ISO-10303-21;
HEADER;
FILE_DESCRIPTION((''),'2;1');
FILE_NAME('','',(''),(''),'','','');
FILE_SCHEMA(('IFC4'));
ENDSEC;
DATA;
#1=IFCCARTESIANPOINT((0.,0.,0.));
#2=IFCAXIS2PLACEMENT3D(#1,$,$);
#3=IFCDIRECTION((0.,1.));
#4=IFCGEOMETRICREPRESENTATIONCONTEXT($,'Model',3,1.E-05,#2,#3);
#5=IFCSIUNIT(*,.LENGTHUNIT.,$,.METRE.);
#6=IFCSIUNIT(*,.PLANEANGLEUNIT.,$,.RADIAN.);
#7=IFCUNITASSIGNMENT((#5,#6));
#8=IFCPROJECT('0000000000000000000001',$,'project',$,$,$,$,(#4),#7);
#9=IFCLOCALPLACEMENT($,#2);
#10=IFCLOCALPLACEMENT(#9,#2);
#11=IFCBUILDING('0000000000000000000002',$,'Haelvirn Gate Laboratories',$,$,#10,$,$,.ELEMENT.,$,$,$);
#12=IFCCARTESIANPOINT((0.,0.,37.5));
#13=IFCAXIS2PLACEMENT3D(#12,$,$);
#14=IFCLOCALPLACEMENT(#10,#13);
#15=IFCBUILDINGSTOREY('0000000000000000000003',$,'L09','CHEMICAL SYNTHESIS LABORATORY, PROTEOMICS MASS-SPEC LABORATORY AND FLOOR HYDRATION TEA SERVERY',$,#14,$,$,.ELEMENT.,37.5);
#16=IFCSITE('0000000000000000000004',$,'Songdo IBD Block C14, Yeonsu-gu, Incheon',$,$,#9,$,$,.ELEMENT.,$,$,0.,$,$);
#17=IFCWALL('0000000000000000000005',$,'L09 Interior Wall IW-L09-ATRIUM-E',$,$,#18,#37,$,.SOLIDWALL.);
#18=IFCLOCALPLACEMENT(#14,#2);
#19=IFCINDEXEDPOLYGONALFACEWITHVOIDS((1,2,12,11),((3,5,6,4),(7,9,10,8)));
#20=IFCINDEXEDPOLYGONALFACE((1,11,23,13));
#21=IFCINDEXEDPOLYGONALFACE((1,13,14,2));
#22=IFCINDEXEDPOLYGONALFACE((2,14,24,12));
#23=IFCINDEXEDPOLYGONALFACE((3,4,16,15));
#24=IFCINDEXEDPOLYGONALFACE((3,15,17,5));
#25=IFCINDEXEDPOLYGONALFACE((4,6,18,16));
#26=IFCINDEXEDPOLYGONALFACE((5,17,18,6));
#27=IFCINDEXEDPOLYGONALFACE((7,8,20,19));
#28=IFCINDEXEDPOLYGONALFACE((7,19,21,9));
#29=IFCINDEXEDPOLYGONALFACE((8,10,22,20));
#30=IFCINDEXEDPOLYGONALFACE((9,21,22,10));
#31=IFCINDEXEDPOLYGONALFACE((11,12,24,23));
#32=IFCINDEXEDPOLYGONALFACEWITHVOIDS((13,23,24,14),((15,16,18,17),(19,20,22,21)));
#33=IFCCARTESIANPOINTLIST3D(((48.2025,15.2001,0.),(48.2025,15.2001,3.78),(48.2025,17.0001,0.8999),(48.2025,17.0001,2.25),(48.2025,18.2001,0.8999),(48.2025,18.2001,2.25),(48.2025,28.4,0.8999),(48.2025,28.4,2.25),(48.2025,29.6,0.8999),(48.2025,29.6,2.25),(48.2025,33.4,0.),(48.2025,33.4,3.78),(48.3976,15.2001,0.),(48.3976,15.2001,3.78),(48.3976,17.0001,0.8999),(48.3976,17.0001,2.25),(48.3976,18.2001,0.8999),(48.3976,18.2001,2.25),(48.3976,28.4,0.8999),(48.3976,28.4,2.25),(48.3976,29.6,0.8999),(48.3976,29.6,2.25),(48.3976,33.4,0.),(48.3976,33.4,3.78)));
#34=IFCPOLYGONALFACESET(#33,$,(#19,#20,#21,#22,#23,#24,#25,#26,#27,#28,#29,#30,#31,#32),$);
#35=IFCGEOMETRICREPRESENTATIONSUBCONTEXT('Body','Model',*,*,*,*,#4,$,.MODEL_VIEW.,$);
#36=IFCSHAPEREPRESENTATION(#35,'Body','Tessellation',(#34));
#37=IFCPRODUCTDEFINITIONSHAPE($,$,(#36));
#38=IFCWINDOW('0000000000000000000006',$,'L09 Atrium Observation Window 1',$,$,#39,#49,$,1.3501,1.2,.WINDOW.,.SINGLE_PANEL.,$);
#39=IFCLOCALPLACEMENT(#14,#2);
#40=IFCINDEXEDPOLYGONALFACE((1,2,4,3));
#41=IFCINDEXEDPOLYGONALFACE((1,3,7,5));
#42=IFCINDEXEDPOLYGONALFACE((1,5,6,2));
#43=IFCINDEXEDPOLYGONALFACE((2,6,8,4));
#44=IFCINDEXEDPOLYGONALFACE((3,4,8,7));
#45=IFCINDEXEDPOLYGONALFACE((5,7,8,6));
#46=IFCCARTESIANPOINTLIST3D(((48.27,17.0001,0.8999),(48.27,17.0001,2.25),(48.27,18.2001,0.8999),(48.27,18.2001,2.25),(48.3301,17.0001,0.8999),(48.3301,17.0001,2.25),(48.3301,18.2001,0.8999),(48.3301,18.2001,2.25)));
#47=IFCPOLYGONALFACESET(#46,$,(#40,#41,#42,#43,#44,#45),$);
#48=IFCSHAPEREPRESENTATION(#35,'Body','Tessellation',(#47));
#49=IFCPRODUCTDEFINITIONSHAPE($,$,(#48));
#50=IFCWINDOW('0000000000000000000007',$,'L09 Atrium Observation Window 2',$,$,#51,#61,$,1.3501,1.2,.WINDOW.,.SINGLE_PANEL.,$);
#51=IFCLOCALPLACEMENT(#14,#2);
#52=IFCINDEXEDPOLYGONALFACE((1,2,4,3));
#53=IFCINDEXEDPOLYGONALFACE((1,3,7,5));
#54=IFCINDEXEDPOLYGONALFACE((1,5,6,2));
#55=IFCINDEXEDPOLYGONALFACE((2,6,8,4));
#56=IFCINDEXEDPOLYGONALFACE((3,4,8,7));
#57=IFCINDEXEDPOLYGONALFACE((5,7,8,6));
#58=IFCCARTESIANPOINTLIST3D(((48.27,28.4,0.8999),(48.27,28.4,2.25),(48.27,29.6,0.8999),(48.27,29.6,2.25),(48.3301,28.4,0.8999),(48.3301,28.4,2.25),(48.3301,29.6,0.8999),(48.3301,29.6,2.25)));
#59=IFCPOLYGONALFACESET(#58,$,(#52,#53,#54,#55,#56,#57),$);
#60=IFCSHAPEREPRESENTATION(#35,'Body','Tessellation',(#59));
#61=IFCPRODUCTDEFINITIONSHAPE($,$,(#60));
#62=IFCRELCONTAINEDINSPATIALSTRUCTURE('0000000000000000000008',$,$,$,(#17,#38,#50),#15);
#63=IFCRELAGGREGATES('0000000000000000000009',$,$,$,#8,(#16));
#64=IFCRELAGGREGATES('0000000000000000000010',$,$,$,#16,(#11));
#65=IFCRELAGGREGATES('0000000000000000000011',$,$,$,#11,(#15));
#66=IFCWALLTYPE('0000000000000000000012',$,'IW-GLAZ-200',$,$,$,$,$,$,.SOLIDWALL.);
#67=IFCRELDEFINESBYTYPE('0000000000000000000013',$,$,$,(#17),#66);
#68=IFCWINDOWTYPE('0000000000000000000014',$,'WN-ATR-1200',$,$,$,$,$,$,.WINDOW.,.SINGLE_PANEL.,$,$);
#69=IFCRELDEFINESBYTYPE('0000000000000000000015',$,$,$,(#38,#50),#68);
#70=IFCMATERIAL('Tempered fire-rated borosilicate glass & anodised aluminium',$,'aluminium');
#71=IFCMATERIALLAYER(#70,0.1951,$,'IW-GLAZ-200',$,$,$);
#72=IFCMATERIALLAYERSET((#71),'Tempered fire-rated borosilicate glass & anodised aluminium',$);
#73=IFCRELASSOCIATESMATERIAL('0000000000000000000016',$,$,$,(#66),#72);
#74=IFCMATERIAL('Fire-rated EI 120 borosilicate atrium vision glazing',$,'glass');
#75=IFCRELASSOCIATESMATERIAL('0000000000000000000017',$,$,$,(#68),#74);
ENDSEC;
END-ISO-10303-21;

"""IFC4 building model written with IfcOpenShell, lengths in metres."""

from ifc_helpers import new_model, si_unit, direction, frame, frame_2d, origin, place, context, subcontext, project, spatial, rectangle, extrude, source, transform, mapped, material, layer, layer_set, type_object, type_shapes, element, fill, save


model = new_model("IFC4")

# Units and contexts
model_context = context("Model", 3, precision=1e-05, world=origin(), true_north=direction((0.0, 1.0)))
body_context = subcontext(model_context, "Body", "Model", "MODEL_VIEW")
ifc_project = project(units=[si_unit("LENGTHUNIT", "METRE"), si_unit("PLANEANGLEUNIT", "RADIAN")], contexts=[model_context])

# Site, building, storey
site_placement = place(None, origin())
site = spatial("IfcSite", under=ifc_project, at=site_placement, Name="Songdo IBD Block C14, Yeonsu-gu, Incheon", CompositionType="ELEMENT", RefElevation=0.0)
building_placement = place(site_placement, origin())
building = spatial("IfcBuilding", under=site, at=building_placement, Name="Haelvirn Gate Laboratories", CompositionType="ELEMENT")
storey_placement = place(building_placement, frame((0.0, 0.0, 37.5)))
storey = spatial("IfcBuildingStorey", under=building, at=storey_placement, Name="L09", Description="CHEMICAL SYNTHESIS LABORATORY, PROTEOMICS MASS-SPEC LABORATORY AND FLOOR HYDRATION TEA SERVERY", CompositionType="ELEMENT", Elevation=37.5)

# Wall, openings, windows
ifc_material_1 = material(Name="Tempered fire-rated borosilicate glass & anodised aluminium", Category="aluminium")
ifc_layer_1 = layer(ifc_material_1, 0.1951, Name="IW-GLAZ-200")
ifc_layer_set_1 = layer_set([ifc_layer_1], Name="Tempered fire-rated borosilicate glass & anodised aluminium")
wall_type = type_object("IfcWallType", Name="IW-GLAZ-200", PredefinedType="SOLIDWALL", material=ifc_layer_set_1)
wall_placement = place(storey_placement, frame((48.3, 15.2, 0.0), z_axis=(0.0, 0.0, 1.0), x_axis=(0.0, 1.0, 0.0)))
wall = element("IfcWall", 1, at=wall_placement, inside=storey, type_object=wall_type, Name="L09 Interior Wall IW-L09-ATRIUM-E", PredefinedType="SOLIDWALL", context=body_context, shape_type="SweptSolid", body=[
    extrude(rectangle(XDim=18.2, YDim=0.1951, at=frame_2d((9.1001, 0.0))), origin(), (0.0, 0.0, 1.0), 3.78),
])
opening_1_placement = place(wall_placement, frame((1.8, 0.0, 0.8999)))
opening_1 = element("IfcOpeningElement", 2, at=opening_1_placement, cuts=wall, PredefinedType="OPENING", context=body_context, shape_type="SweptSolid", body=[
    extrude(rectangle(XDim=1.2, YDim=1.3501, at=frame_2d((0.6001, 0.675))), frame((0.0, 0.1074, 0.0), z_axis=(0.0, -1.0, 0.0), x_axis=(1.0, 0.0, 0.0)), (0.0, 0.0, 1.0), 0.2151),
])
opening_2_placement = place(wall_placement, frame((13.2, 0.0, 0.8999)))
opening_2 = element("IfcOpeningElement", 3, at=opening_2_placement, cuts=wall, PredefinedType="OPENING", context=body_context, shape_type="SweptSolid", body=[
    extrude(rectangle(XDim=1.2, YDim=1.3501, at=frame_2d((0.6001, 0.675))), frame((0.0, 0.1074, 0.0), z_axis=(0.0, -1.0, 0.0), x_axis=(1.0, 0.0, 0.0)), (0.0, 0.0, 1.0), 0.2151),
])
ifc_material_2 = material(Name="Fire-rated EI 120 borosilicate atrium vision glazing", Category="glass")
window_type = type_object("IfcWindowType", Name="WN-ATR-1200", PartitioningType="SINGLE_PANEL", PredefinedType="WINDOW", material=ifc_material_2)
shared_shape_1 = source(origin(), body_context, "Body", "SweptSolid", [
    extrude(rectangle(XDim=1.2, YDim=1.3501, at=frame_2d((0.6001, 0.675))), frame((0.0, 0.03, 0.0), z_axis=(0.0, -1.0, 0.0), x_axis=(1.0, 0.0, 0.0)), (0.0, 0.0, 1.0), 0.0601),
])
type_shapes(window_type, [shared_shape_1])
window_1_placement = place(opening_1_placement, origin())
window_1 = element("IfcWindow", 4, at=window_1_placement, inside=storey, type_object=window_type, Name="L09 Atrium Observation Window 1", OverallHeight=1.3501, OverallWidth=1.2, PartitioningType="SINGLE_PANEL", PredefinedType="WINDOW", context=body_context, shape_type="MappedRepresentation", body=[
    mapped(shared_shape_1, transform((0.0, 0.0, 0.0), scale=1.0)),
])
fill(opening_1, window_1)
window_2_placement = place(opening_2_placement, origin())
window_2 = element("IfcWindow", 5, at=window_2_placement, inside=storey, type_object=window_type, Name="L09 Atrium Observation Window 2", OverallHeight=1.3501, OverallWidth=1.2, PartitioningType="SINGLE_PANEL", PredefinedType="WINDOW", context=body_context, shape_type="MappedRepresentation", body=[
    mapped(shared_shape_1, transform((0.0, 0.0, 0.0), scale=1.0)),
])
fill(opening_2, window_2)

save(model, "model.ifc")
